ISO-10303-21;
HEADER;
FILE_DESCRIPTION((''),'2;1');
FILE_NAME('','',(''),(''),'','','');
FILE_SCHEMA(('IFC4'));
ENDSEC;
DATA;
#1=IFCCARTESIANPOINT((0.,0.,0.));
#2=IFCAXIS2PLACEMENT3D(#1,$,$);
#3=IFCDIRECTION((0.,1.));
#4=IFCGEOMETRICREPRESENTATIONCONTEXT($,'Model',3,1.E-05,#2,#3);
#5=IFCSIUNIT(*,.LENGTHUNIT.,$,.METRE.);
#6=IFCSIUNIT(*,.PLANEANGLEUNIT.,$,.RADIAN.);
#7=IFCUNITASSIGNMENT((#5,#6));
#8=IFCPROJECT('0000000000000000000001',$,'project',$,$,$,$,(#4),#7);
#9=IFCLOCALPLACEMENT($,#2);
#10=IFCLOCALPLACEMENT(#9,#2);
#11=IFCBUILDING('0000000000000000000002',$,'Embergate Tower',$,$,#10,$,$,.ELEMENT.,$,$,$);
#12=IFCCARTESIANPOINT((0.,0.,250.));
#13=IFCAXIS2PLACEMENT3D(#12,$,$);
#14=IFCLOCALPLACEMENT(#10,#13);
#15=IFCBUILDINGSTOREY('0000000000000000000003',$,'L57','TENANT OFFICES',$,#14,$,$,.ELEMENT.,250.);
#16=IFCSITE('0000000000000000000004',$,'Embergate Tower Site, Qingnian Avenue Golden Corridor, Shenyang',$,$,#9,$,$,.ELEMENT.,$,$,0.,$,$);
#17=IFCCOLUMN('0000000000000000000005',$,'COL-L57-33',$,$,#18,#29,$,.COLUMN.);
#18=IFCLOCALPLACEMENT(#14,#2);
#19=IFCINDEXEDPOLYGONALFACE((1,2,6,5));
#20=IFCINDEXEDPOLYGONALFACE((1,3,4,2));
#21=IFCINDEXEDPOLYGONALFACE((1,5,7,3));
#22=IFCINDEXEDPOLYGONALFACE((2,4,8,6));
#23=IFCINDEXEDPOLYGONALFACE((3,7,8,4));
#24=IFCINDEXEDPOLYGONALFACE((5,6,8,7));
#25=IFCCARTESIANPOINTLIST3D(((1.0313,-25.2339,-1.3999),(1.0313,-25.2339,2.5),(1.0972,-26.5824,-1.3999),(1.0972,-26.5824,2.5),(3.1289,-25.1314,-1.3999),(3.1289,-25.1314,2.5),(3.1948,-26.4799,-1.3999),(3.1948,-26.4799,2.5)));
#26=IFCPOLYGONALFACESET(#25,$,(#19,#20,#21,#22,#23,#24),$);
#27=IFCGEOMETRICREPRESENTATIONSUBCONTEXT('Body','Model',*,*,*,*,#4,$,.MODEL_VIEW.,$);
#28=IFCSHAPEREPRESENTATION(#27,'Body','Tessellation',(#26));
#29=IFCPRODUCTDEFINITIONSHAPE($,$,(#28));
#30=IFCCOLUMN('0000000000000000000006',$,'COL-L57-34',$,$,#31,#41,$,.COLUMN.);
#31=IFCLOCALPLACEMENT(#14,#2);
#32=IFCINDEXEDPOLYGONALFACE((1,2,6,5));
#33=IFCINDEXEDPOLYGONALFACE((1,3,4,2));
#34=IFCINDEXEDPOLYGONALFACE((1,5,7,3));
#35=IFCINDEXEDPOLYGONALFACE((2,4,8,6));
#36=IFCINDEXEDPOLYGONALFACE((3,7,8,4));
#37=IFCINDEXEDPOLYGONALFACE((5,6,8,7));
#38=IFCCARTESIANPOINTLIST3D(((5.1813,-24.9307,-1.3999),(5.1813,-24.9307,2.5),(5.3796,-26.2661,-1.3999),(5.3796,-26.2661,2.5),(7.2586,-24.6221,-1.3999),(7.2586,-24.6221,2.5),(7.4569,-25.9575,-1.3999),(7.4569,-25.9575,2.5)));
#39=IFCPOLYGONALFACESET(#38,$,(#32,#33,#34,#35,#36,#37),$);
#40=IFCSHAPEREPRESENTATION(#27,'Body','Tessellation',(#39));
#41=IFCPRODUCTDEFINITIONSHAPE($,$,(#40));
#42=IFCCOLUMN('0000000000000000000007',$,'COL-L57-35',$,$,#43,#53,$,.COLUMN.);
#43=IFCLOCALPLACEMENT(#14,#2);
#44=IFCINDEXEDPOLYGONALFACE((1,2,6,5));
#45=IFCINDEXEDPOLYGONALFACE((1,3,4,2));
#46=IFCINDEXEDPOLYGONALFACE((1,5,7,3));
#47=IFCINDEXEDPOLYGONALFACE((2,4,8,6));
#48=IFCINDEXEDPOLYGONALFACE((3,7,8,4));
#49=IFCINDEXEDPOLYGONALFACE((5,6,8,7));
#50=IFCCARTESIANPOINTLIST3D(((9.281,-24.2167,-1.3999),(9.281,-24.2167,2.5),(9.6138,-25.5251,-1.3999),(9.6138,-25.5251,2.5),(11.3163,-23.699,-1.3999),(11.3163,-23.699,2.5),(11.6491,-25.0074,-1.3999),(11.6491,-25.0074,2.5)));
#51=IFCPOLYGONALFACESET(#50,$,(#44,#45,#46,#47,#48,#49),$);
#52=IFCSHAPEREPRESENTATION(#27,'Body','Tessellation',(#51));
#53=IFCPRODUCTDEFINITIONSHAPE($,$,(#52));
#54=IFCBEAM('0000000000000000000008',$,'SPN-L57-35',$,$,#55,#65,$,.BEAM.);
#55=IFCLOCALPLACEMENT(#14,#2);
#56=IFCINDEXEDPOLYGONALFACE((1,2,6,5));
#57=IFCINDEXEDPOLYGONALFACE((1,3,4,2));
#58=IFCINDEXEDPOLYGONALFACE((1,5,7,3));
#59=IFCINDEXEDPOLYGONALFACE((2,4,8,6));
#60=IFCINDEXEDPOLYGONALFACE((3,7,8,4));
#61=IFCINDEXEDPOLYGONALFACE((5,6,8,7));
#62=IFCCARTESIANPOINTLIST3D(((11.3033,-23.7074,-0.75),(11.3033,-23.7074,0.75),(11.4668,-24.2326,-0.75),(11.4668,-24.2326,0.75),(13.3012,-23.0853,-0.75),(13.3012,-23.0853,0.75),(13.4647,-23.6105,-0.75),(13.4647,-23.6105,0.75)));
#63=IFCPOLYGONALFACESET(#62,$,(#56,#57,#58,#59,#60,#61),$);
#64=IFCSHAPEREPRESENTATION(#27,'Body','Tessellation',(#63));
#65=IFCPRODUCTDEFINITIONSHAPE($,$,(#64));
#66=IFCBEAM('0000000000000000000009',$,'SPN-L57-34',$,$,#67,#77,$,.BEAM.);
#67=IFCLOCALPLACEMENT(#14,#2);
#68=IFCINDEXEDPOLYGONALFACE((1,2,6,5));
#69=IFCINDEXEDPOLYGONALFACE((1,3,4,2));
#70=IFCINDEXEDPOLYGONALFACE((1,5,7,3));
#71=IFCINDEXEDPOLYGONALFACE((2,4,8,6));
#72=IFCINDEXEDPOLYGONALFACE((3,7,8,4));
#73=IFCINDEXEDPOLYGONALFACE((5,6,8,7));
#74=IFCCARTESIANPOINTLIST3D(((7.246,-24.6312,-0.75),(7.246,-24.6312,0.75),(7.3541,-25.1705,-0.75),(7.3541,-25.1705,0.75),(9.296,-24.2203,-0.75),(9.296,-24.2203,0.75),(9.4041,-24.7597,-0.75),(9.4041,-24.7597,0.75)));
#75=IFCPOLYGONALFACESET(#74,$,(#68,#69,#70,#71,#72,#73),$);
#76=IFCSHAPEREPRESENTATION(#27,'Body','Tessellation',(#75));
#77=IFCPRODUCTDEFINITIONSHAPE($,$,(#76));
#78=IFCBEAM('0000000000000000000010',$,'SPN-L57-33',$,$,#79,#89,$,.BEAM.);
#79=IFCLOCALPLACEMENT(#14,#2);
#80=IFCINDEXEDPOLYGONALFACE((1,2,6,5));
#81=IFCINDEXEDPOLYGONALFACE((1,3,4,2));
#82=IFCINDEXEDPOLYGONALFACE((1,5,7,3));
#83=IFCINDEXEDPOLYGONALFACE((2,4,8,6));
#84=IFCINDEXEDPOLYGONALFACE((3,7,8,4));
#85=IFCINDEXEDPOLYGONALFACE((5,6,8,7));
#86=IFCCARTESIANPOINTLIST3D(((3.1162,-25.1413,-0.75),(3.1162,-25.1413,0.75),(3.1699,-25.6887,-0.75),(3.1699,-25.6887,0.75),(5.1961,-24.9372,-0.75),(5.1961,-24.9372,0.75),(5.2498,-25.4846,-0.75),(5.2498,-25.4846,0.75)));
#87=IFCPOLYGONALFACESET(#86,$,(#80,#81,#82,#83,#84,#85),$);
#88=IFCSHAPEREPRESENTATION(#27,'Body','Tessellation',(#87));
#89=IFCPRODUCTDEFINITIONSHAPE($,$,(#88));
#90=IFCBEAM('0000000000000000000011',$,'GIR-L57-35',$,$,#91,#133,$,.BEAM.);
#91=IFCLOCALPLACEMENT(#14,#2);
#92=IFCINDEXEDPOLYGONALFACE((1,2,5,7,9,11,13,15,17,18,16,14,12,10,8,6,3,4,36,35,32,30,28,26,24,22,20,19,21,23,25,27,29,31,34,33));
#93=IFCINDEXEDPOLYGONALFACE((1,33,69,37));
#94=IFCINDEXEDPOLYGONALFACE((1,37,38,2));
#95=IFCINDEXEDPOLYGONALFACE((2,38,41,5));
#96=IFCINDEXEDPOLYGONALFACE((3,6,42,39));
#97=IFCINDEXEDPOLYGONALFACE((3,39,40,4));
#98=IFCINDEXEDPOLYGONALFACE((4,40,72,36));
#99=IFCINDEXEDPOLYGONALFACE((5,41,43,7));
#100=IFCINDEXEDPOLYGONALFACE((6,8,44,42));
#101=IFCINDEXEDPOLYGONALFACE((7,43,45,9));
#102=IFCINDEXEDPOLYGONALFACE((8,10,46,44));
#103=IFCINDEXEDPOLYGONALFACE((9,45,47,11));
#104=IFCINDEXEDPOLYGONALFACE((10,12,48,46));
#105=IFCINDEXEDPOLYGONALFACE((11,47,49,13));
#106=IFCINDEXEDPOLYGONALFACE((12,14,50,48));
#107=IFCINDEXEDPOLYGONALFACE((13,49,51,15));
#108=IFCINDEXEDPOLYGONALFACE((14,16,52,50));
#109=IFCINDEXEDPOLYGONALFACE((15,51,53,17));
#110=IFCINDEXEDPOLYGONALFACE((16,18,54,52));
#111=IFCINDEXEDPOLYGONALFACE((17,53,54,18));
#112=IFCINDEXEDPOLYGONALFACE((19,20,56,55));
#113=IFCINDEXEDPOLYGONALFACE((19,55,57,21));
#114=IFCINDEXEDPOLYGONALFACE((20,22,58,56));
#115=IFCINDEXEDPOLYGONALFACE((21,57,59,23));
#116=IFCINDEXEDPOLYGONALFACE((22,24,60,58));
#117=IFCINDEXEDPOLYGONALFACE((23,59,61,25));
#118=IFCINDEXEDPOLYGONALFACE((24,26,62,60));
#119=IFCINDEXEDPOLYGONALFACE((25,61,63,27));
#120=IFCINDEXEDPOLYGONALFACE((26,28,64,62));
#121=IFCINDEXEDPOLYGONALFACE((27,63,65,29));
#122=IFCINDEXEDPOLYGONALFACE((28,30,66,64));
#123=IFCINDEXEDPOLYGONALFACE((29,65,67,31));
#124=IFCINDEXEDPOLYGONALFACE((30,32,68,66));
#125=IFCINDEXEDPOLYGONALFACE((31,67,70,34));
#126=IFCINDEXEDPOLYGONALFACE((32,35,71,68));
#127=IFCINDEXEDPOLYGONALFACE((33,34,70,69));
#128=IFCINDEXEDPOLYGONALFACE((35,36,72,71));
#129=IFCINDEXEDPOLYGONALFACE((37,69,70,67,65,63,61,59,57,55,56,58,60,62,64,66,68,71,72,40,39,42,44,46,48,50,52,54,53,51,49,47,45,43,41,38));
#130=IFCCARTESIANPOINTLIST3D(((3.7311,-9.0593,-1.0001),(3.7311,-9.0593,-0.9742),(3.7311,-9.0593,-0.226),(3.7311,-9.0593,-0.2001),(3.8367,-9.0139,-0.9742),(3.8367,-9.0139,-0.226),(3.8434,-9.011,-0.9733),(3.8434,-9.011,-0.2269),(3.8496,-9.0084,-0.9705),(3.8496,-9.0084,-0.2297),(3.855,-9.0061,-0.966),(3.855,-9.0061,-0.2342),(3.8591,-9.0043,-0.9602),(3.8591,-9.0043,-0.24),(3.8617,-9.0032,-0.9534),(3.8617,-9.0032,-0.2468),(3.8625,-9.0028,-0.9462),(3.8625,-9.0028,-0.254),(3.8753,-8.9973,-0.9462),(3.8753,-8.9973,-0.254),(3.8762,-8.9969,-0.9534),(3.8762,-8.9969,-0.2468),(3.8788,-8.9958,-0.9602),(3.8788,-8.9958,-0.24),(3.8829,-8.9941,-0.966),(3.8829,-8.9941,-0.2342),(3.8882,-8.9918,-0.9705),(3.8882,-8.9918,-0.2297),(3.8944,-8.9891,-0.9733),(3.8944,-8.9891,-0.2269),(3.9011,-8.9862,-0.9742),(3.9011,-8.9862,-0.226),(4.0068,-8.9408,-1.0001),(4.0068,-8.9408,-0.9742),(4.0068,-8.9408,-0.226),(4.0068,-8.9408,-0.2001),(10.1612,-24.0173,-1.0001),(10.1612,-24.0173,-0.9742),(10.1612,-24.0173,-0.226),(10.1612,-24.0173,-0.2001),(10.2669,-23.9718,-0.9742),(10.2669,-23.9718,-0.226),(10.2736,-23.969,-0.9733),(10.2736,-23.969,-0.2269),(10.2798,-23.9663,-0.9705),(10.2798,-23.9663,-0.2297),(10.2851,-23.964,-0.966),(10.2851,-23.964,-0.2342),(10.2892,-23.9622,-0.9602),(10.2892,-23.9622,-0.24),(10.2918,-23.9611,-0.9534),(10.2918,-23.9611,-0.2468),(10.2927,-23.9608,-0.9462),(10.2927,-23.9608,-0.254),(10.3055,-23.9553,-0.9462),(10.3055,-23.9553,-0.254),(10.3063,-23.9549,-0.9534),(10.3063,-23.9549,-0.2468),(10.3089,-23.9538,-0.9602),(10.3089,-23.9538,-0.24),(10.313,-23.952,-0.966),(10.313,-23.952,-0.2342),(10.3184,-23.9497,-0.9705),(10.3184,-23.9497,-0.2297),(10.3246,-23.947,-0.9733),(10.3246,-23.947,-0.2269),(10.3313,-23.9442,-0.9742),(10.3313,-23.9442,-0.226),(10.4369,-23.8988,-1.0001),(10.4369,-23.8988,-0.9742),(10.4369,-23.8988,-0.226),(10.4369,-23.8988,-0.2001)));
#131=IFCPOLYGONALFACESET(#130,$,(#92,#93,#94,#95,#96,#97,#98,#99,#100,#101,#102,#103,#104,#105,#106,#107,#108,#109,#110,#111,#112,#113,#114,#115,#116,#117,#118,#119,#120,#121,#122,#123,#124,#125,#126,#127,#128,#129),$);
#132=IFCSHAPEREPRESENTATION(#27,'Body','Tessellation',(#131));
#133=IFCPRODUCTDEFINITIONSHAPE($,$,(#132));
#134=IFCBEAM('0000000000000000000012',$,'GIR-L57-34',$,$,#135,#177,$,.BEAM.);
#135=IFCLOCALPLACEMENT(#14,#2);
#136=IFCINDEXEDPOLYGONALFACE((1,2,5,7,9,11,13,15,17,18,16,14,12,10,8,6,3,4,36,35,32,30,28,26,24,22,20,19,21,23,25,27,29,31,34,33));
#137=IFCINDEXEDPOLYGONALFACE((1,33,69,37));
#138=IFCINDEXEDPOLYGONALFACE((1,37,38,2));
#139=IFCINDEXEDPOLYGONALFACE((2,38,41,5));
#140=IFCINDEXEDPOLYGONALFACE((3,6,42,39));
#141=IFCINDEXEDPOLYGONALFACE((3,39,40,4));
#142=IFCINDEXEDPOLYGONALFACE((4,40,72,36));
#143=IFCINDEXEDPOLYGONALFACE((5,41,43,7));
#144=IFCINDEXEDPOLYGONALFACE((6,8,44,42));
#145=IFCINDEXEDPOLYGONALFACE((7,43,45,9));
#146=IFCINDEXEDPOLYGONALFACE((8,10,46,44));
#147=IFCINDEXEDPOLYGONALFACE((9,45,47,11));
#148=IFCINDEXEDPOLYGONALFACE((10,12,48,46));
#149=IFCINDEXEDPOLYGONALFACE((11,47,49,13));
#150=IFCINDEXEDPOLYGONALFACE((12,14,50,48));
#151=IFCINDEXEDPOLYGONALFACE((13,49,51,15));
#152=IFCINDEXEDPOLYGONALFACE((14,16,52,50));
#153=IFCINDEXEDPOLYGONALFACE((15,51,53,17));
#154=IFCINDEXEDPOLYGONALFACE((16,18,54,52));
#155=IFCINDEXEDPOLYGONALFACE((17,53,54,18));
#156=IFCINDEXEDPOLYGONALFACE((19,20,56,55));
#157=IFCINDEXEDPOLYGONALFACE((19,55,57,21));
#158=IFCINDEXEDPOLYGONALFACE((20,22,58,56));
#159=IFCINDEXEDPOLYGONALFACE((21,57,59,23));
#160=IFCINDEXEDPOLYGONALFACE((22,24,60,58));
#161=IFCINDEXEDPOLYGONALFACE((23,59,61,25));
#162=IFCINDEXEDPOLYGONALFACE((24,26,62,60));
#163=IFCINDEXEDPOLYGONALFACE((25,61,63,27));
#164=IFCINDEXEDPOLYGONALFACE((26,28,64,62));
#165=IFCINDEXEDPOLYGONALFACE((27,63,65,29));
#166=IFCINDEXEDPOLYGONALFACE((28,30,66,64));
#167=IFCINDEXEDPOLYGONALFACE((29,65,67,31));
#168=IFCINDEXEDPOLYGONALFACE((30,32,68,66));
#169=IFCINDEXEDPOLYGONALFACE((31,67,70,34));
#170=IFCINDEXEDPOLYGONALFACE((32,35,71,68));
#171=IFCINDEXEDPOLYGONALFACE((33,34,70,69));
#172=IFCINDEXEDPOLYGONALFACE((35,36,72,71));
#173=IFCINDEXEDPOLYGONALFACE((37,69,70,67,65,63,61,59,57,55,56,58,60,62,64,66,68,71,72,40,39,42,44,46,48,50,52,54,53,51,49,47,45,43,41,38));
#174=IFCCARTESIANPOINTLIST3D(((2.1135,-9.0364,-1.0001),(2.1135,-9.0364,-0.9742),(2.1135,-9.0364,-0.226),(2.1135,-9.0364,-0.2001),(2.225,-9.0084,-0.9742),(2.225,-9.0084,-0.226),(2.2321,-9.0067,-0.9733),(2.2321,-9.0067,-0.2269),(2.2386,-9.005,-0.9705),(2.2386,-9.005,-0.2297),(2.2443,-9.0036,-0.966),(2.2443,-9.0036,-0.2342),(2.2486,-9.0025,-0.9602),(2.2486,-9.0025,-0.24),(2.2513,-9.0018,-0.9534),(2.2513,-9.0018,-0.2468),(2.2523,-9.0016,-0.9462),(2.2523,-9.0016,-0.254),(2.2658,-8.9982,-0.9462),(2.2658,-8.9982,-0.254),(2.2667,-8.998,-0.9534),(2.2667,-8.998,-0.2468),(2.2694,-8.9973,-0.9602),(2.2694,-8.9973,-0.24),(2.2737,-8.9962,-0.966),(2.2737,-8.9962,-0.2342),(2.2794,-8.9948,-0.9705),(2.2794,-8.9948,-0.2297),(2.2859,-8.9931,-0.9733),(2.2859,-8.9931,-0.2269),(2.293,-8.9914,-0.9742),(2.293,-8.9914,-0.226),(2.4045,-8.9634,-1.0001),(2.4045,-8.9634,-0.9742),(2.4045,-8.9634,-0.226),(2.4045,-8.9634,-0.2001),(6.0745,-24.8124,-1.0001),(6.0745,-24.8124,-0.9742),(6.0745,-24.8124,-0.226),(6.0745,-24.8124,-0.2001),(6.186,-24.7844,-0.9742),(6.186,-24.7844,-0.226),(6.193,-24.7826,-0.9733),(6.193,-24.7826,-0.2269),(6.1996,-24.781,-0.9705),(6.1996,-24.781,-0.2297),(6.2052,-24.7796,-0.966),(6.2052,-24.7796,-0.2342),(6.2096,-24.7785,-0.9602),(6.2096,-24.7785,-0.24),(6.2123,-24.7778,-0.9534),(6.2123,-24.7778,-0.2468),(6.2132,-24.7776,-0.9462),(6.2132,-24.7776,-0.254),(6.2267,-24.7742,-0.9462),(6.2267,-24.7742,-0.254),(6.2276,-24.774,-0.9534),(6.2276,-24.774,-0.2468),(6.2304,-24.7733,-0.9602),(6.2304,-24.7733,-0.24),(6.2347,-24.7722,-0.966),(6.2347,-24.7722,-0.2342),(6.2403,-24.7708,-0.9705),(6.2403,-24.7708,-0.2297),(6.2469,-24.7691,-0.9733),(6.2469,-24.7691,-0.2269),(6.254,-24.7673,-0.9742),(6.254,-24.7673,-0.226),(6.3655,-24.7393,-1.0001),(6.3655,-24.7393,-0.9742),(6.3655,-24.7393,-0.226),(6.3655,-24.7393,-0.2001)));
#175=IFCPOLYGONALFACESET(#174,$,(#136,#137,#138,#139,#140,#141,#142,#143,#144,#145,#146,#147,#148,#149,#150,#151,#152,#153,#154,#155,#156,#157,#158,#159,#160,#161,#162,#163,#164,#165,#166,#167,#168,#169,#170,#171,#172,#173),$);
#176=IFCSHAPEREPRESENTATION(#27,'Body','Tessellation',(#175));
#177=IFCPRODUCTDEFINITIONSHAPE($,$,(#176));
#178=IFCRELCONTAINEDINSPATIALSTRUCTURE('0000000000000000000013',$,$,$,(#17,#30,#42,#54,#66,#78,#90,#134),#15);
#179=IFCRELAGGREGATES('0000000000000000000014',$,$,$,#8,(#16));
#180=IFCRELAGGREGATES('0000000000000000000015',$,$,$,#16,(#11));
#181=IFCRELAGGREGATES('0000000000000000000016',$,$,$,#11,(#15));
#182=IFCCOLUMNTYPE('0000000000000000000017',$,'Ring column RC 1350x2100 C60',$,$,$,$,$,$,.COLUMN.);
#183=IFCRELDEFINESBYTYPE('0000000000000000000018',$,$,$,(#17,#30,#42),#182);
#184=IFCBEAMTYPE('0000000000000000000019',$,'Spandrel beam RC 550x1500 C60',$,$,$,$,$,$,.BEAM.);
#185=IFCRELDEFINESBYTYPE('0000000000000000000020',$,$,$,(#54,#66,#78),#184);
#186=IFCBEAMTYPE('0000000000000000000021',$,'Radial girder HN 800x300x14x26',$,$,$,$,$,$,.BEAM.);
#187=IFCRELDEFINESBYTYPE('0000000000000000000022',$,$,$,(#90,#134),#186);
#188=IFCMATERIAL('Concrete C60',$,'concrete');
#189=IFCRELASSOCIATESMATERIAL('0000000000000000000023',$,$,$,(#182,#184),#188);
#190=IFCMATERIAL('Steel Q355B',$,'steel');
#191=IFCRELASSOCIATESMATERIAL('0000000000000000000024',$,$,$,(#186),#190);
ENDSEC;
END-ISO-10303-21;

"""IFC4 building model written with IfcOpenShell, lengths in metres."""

from ifc_helpers import new_model, si_unit, direction, frame, origin, origin_2d, place, context, subcontext, project, spatial, rectangle, i_section, extrude, source, transform, mapped, material, material_profile, profile_set, type_object, element, save


model = new_model("IFC4")

# Units and contexts
model_context = context("Model", 3, precision=1e-05, world=origin(), true_north=direction((0.0, 1.0)))
body_context = subcontext(model_context, "Body", "Model", "MODEL_VIEW")
ifc_project = project(units=[si_unit("LENGTHUNIT", "METRE"), si_unit("PLANEANGLEUNIT", "RADIAN")], contexts=[model_context])

# Site, building, storey
site_placement = place(None, origin())
site = spatial("IfcSite", under=ifc_project, at=site_placement, Name="Embergate Tower Site, Qingnian Avenue Golden Corridor, Shenyang", CompositionType="ELEMENT", RefElevation=0.0)
building_placement = place(site_placement, origin())
building = spatial("IfcBuilding", under=site, at=building_placement, Name="Embergate Tower", CompositionType="ELEMENT")
storey_placement = place(building_placement, frame((0.0, 0.0, 250.0)))
storey = spatial("IfcBuildingStorey", under=building, at=storey_placement, Name="L57", Description="TENANT OFFICES", CompositionType="ELEMENT", Elevation=250.0)

# Columns
ifc_material_1 = material(Name="Concrete C60", Category="concrete")
ifc_material_profile_1 = material_profile(ifc_material_1, rectangle(XDim=1.3501, YDim=2.1001, at=origin_2d()), Name="RC 1350x2100")
ifc_profile_set_1 = profile_set([ifc_material_profile_1], Name="Concrete C60")
column_type = type_object("IfcColumnType", Name="Ring column RC 1350x2100 C60", PredefinedType="COLUMN", material=ifc_profile_set_1)
shared_shape_1 = source(origin(), body_context, "Body", "SweptSolid", [
    extrude(rectangle(XDim=1.3501, YDim=2.1001, at=origin_2d()), origin(), (0.0, 0.0, 1.0), 3.8999),
])
for number, where, z_axis, x_axis, name in (
    (1, (2.113, -25.8569, -1.3999), (0.0, 0.0, 1.0), (0.048815, -0.998808, 0.0), "COL-L57-33"),
    (2, (6.3191, -25.4441, -1.3999), (0.0, 0.0, 1.0), (0.146929, -0.989147, 0.0), "COL-L57-34"),
    (3, (10.4651, -24.6121, -1.3999), (0.0, 0.0, 1.0), (0.246509, -0.969141, 0.0), "COL-L57-35"),
):
    element("IfcColumn", number, at=place(storey_placement, frame(where, z_axis=z_axis, x_axis=x_axis)), inside=storey, type_object=column_type, Name=name, PredefinedType="COLUMN", context=body_context, shape_type="MappedRepresentation", body=[
        mapped(shared_shape_1, transform((0.0, 0.0, 0.0))),
    ])

# Beams
ifc_material_profile_2 = material_profile(ifc_material_1, rectangle(XDim=0.55, YDim=1.5, at=origin_2d()), Name="RC 550x1500")
ifc_profile_set_2 = profile_set([ifc_material_profile_2], Name="Concrete C60")
beam_type_1 = type_object("IfcBeamType", Name="Spandrel beam RC 550x1500 C60", PredefinedType="BEAM", material=ifc_profile_set_2)
shared_shape_2 = source(origin(), body_context, "Body", "SweptSolid", [
    extrude(rectangle(XDim=0.55, YDim=1.5, at=origin_2d()), origin(), (0.0, 0.0, 1.0), 2.0925),
])
beam_1_placement = place(storey_placement, frame((11.385, -23.97, 0.0), z_axis=(0.954795, 0.297265, 0.0), x_axis=(-0.297265, 0.954795, 0.0)))
element("IfcBeam", 4, at=beam_1_placement, inside=storey, type_object=beam_type_1, Name="SPN-L57-35", PredefinedType="BEAM", context=body_context, shape_type="MappedRepresentation", body=[
    mapped(shared_shape_2, transform((0.0, 0.0, 0.0))),
])
shared_shape_3 = source(origin(), body_context, "Body", "SweptSolid", [
    extrude(rectangle(XDim=0.55, YDim=1.5, at=origin_2d()), origin(), (0.0, 0.0, 1.0), 2.0908),
])
beam_2_placement = place(storey_placement, frame((7.3, -24.9009, 0.0), z_axis=(0.9805, 0.19652, 0.0), x_axis=(-0.19652, 0.9805, 0.0)))
element("IfcBeam", 5, at=beam_2_placement, inside=storey, type_object=beam_type_1, Name="SPN-L57-34", PredefinedType="BEAM", context=body_context, shape_type="MappedRepresentation", body=[
    mapped(shared_shape_3, transform((0.0, 0.0, 0.0))),
])
shared_shape_4 = source(origin(), body_context, "Body", "SweptSolid", [
    extrude(rectangle(XDim=0.55, YDim=1.5, at=origin_2d()), origin(), (0.0, 0.0, 1.0), 2.0898),
])
beam_3_placement = place(storey_placement, frame((3.1431, -25.415, 0.0), z_axis=(0.995219, 0.097664, 0.0), x_axis=(-0.097664, 0.995219, 0.0)))
element("IfcBeam", 6, at=beam_3_placement, inside=storey, type_object=beam_type_1, Name="SPN-L57-33", PredefinedType="BEAM", context=body_context, shape_type="MappedRepresentation", body=[
    mapped(shared_shape_4, transform((0.0, 0.0, 0.0))),
])
ifc_material_2 = material(Name="Steel Q355B", Category="steel")
ifc_material_profile_3 = material_profile(ifc_material_2, i_section(OverallWidth=0.3, OverallDepth=0.8, WebThickness=0.0139, FlangeThickness=0.0259, FilletRadius=0.0281, at=origin_2d()), Name="HN 800x300x14x26")
ifc_profile_set_3 = profile_set([ifc_material_profile_3], Name="Steel Q355 grade B")
beam_type_2 = type_object("IfcBeamType", Name="Radial girder HN 800x300x14x26", PredefinedType="BEAM", material=ifc_profile_set_3)
shared_shape_5 = source(origin(), body_context, "Body", "SweptSolid", [
    extrude(i_section(OverallWidth=0.3, OverallDepth=0.8, WebThickness=0.0139, FlangeThickness=0.0259, FilletRadius=0.0281, at=origin_2d()), origin(), (0.0, 0.0, 1.0), 16.2815),
])
beam_4_placement = place(storey_placement, frame((10.2991, -23.958, -0.6001), z_axis=(-0.394936, 0.918709, 0.0), x_axis=(-0.918709, -0.394936, 0.0)))
element("IfcBeam", 7, at=beam_4_placement, inside=storey, type_object=beam_type_2, Name="GIR-L57-35", PredefinedType="BEAM", context=body_context, shape_type="MappedRepresentation", body=[
    mapped(shared_shape_5, transform((0.0, 0.0, 0.0))),
])
shared_shape_6 = source(origin(), body_context, "Body", "SweptSolid", [
    extrude(i_section(OverallWidth=0.3, OverallDepth=0.8, WebThickness=0.0139, FlangeThickness=0.0259, FilletRadius=0.0281, at=origin_2d()), origin(), (0.0, 0.0, 1.0), 16.2656),
])
beam_5_placement = place(storey_placement, frame((6.22, -24.7759, -0.6001), z_axis=(-0.243517, 0.969897, 0.0), x_axis=(-0.969897, -0.243517, 0.0)))
element("IfcBeam", 8, at=beam_5_placement, inside=storey, type_object=beam_type_2, Name="GIR-L57-34", PredefinedType="BEAM", context=body_context, shape_type="MappedRepresentation", body=[
    mapped(shared_shape_6, transform((0.0, 0.0, 0.0))),
])

save(model, "model.ifc")
